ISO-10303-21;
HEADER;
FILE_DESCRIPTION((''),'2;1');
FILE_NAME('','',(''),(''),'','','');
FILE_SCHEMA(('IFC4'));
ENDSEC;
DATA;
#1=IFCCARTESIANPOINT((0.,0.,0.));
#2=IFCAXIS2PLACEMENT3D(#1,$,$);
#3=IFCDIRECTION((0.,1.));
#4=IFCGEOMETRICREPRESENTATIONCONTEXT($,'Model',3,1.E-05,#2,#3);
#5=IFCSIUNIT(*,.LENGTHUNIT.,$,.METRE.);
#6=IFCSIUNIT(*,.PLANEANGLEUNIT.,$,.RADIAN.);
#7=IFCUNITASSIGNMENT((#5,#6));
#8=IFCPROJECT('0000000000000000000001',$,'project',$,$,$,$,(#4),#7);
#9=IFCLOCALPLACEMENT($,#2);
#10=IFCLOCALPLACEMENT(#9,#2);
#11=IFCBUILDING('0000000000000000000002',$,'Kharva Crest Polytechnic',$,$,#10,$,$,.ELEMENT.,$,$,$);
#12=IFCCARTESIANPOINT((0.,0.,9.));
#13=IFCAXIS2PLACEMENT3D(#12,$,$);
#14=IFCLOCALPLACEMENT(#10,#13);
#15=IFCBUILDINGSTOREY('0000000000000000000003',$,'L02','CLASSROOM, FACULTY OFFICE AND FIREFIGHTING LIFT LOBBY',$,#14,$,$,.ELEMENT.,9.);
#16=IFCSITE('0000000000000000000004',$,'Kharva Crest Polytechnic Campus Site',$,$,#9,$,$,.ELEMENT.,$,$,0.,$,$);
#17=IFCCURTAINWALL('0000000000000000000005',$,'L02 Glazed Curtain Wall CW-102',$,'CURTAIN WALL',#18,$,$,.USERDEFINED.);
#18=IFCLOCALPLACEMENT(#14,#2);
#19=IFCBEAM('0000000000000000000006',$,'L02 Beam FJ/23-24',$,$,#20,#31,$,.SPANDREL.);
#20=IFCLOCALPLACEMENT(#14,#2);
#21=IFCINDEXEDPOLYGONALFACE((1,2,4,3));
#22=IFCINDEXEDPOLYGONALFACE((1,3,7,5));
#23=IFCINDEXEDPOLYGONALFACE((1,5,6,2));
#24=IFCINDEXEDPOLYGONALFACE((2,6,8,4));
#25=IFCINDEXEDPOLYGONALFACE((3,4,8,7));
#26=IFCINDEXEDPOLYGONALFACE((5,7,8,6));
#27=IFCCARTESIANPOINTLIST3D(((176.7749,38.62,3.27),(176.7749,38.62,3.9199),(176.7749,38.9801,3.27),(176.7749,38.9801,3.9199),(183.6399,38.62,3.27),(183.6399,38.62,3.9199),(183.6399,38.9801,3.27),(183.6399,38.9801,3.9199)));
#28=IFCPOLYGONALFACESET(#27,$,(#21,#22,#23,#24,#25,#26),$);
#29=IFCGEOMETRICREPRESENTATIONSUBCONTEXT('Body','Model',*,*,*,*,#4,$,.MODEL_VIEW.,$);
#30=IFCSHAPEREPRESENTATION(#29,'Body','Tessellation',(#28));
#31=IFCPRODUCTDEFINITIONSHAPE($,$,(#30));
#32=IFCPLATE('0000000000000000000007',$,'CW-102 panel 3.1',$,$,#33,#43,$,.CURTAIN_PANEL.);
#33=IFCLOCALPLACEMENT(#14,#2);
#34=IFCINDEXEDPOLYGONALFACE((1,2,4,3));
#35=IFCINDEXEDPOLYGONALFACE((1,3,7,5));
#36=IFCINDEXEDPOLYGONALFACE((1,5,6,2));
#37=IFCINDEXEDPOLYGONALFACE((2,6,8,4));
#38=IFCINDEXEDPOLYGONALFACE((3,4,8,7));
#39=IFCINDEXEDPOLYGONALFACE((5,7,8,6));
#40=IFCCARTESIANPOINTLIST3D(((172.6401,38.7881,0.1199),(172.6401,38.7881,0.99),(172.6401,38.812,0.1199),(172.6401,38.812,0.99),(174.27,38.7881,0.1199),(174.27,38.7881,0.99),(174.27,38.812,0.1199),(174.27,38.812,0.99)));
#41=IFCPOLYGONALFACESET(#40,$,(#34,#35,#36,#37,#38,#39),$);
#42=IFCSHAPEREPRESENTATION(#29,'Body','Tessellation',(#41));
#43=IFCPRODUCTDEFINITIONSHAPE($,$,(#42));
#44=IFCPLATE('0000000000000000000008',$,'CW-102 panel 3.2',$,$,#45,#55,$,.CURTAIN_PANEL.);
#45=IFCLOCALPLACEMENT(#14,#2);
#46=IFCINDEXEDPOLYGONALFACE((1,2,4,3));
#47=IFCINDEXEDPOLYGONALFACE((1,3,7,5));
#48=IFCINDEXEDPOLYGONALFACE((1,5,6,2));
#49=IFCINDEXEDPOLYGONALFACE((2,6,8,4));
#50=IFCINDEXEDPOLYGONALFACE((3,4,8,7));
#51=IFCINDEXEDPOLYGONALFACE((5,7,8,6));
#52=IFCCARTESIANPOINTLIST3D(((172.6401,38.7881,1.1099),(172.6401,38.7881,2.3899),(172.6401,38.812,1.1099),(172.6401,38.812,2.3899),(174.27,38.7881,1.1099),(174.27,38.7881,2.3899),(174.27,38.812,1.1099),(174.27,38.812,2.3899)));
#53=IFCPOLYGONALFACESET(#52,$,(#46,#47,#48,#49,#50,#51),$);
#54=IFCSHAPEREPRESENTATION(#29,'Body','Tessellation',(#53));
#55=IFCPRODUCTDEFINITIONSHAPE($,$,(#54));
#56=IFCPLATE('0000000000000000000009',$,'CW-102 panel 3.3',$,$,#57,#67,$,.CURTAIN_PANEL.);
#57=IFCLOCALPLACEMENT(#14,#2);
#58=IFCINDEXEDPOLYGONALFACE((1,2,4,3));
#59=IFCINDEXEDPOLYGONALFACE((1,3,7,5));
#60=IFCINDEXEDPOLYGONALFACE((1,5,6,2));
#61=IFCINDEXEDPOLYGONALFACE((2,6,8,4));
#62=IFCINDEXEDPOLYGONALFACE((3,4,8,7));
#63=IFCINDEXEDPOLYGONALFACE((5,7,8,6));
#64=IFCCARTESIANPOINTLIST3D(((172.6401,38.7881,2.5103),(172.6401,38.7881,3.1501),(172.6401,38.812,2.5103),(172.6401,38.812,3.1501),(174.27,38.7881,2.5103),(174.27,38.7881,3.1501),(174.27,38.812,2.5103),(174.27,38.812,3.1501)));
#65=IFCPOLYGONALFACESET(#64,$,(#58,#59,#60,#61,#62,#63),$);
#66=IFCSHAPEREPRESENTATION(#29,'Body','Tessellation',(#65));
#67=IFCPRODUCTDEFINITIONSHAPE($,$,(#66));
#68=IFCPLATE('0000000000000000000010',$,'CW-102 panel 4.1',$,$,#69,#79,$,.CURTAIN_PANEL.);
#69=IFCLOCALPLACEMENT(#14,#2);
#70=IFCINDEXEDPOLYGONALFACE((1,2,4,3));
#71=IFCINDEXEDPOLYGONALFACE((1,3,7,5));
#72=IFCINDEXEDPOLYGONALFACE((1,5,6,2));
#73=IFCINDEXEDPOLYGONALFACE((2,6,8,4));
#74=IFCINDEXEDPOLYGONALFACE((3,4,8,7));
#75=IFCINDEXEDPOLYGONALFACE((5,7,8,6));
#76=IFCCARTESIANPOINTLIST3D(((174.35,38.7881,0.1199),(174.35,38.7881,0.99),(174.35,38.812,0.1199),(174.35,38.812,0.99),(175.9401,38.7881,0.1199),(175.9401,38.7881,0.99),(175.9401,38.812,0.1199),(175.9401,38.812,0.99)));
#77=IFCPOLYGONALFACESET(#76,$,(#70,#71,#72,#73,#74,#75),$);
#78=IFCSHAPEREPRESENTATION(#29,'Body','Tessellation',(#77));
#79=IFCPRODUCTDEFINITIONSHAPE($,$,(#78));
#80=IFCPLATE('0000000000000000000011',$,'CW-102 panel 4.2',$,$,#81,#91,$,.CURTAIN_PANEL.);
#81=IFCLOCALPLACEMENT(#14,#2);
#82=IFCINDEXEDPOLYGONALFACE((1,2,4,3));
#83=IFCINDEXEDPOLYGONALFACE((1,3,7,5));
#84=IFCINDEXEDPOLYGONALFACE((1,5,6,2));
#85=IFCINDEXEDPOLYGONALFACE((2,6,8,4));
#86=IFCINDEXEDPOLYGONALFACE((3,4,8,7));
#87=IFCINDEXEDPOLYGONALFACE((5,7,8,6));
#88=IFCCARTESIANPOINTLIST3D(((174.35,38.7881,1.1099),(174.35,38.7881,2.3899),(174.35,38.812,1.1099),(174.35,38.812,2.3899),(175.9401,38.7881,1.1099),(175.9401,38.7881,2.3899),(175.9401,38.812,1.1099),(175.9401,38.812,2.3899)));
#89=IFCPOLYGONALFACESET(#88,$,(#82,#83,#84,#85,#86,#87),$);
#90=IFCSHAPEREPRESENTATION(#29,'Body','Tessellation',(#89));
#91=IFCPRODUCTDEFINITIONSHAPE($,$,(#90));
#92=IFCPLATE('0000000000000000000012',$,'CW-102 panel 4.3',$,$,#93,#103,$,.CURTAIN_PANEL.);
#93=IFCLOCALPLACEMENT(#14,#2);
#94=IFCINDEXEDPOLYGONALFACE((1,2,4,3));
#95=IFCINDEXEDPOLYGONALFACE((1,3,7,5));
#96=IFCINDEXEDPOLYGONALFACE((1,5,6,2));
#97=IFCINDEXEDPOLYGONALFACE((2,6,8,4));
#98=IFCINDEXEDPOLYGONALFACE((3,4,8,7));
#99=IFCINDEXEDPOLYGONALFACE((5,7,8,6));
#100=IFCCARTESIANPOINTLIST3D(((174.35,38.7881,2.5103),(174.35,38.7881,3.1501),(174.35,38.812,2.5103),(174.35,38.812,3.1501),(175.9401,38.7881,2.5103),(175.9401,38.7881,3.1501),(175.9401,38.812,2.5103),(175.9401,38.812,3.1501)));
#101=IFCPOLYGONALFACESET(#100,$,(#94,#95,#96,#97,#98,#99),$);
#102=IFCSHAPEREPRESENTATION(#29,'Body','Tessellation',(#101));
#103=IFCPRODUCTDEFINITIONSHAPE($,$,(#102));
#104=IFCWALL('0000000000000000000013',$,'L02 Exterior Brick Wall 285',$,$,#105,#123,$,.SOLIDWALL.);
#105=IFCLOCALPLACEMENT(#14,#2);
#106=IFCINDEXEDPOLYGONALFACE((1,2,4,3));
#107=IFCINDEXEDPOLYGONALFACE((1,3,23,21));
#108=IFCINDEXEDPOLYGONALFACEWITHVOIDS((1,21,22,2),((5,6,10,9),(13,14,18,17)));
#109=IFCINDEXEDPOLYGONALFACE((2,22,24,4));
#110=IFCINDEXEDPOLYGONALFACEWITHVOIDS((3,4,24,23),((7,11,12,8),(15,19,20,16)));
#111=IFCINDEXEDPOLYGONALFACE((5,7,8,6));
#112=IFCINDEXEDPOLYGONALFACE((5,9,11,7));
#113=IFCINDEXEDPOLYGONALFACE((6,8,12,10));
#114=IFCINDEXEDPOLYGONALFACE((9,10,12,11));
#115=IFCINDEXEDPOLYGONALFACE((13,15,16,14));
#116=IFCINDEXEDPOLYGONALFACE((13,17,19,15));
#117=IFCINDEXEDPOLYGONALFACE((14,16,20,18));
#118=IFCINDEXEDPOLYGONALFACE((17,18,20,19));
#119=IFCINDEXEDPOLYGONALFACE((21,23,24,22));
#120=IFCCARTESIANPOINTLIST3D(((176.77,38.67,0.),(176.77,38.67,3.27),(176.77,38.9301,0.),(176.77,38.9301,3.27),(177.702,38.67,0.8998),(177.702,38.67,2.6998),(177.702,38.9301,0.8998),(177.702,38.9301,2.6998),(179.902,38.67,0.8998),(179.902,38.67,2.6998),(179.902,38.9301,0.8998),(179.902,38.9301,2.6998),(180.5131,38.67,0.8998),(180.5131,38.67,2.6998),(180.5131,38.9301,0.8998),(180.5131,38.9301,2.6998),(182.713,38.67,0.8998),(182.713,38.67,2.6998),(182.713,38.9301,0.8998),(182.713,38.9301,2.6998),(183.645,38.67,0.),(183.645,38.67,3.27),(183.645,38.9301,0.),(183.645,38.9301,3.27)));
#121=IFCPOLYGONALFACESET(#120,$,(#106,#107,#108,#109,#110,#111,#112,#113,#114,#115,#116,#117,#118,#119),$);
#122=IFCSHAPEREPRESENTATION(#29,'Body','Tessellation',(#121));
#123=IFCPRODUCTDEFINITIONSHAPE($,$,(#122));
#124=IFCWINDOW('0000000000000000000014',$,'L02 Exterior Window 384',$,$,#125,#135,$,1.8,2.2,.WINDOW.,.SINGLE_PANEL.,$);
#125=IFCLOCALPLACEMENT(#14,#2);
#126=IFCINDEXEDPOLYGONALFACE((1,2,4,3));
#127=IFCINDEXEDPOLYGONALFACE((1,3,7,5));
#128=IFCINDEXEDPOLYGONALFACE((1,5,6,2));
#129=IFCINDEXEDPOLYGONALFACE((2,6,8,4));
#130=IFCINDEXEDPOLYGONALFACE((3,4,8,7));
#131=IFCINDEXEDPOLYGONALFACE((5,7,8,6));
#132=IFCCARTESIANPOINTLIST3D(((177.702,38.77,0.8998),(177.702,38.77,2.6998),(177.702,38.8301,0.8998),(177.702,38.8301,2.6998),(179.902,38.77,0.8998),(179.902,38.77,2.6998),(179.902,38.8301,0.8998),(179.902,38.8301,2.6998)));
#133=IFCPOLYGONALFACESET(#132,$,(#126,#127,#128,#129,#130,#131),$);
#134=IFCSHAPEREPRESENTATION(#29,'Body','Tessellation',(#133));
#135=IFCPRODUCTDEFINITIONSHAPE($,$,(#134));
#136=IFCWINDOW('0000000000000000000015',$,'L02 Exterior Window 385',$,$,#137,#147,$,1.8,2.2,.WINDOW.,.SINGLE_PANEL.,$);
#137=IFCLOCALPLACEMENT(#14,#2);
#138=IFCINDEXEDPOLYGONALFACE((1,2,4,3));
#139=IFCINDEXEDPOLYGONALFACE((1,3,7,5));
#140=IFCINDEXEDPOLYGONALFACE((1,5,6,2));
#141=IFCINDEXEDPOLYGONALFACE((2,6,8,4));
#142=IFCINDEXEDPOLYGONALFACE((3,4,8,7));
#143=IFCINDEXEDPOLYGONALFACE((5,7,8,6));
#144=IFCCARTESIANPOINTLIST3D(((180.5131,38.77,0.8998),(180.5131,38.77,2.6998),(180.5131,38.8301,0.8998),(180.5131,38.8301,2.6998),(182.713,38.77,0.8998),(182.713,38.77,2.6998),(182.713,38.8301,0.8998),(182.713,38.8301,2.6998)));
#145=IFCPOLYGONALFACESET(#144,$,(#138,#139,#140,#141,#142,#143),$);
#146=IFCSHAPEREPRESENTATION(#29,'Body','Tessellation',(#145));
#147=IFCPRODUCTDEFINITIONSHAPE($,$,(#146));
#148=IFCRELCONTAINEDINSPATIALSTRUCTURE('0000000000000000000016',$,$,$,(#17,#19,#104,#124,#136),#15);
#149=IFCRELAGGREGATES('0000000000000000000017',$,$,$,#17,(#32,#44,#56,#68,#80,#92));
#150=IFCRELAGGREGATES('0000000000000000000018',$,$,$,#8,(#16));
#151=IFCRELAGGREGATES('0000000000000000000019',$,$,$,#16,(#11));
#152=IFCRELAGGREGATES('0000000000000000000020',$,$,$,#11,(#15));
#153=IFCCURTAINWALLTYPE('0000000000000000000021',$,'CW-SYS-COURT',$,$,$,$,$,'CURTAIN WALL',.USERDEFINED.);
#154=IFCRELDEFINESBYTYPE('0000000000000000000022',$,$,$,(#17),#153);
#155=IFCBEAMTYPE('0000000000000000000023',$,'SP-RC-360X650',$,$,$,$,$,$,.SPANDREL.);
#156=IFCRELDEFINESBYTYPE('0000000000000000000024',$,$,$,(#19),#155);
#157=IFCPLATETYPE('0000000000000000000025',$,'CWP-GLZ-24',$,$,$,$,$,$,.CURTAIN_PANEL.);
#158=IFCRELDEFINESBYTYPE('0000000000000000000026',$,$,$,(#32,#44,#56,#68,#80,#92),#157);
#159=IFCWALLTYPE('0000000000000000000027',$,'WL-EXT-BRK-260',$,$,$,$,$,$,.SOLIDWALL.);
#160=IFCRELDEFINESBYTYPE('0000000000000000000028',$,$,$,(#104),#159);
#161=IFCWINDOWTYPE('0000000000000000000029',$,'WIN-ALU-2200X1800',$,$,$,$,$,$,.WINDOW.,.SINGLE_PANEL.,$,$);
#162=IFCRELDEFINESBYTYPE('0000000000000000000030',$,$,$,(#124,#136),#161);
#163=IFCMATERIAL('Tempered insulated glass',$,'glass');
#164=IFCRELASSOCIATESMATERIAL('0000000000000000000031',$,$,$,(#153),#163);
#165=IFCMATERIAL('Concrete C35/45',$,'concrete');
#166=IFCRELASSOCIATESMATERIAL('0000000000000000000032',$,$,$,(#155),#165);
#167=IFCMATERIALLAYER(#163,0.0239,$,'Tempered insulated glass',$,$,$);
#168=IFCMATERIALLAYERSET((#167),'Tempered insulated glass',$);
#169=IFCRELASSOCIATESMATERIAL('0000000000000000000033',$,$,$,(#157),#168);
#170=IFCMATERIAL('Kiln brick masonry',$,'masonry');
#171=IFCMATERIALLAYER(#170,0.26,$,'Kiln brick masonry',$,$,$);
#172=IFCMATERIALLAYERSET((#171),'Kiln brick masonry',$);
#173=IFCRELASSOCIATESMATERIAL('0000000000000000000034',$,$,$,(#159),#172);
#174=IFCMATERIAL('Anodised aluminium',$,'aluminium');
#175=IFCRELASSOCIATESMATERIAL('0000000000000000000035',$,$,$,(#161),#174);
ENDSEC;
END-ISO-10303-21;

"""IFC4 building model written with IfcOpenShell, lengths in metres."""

from ifc_helpers import new_model, si_unit, direction, frame, frame_2d, origin, origin_2d, place, context, subcontext, project, spatial, rectangle, extrude, material, layer, layer_set, material_profile, profile_set, type_object, element, fill, aggregate, save


model = new_model("IFC4")

# Units and contexts
model_context = context("Model", 3, precision=1e-05, world=origin(), true_north=direction((0.0, 1.0)))
body_context = subcontext(model_context, "Body", "Model", "MODEL_VIEW")
ifc_project = project(units=[si_unit("LENGTHUNIT", "METRE"), si_unit("PLANEANGLEUNIT", "RADIAN")], contexts=[model_context])

# Site, building, storey
site_placement = place(None, origin())
site = spatial("IfcSite", under=ifc_project, at=site_placement, Name="Kharva Crest Polytechnic Campus Site", CompositionType="ELEMENT", RefElevation=0.0)
building_placement = place(site_placement, origin())
building = spatial("IfcBuilding", under=site, at=building_placement, Name="Kharva Crest Polytechnic", CompositionType="ELEMENT")
storey_placement = place(building_placement, frame((0.0, 0.0, 9.0)))
storey = spatial("IfcBuildingStorey", under=building, at=storey_placement, Name="L02", Description="CLASSROOM, FACULTY OFFICE AND FIREFIGHTING LIFT LOBBY", CompositionType="ELEMENT", Elevation=9.0)

# Shared definitions
ifc_material_1 = material(Name="Concrete C35/45", Category="concrete")

# Curtain wall
ifc_material_2 = material(Name="Tempered insulated glass", Category="glass")
curtain_wall_type = type_object("IfcCurtainWallType", Name="CW-SYS-COURT", ElementType="CURTAIN WALL", PredefinedType="USERDEFINED", material=ifc_material_2)
curtain_wall_placement = place(storey_placement, origin())
curtain_wall = element("IfcCurtainWall", 1, at=curtain_wall_placement, inside=storey, type_object=curtain_wall_type, Name="L02 Glazed Curtain Wall CW-102", ObjectType="CURTAIN WALL", PredefinedType="USERDEFINED")

# Beam
ifc_material_profile_1 = material_profile(ifc_material_1, rectangle(XDim=0.3601, YDim=0.6499, at=origin_2d()), Name="RECT 360 X 650")
ifc_profile_set_1 = profile_set([ifc_material_profile_1], Name="Concrete C35/45")
beam_type_1 = type_object("IfcBeamType", Name="SP-RC-360X650", PredefinedType="SPANDREL", material=ifc_profile_set_1)
beam_1_placement = place(storey_placement, frame((176.7749, 38.8, 3.595), z_axis=(1.0, 0.0, 0.0), x_axis=(0.0, 1.0, 0.0)))
element("IfcBeam", 2, at=beam_1_placement, inside=storey, type_object=beam_type_1, Name="L02 Beam FJ/23-24", PredefinedType="SPANDREL", context=body_context, shape_type="SweptSolid", body=[
    extrude(rectangle(XDim=0.3601, YDim=0.6499, at=origin_2d()), origin(), (0.0, 0.0, 1.0), 6.865),
])

# Plates
ifc_layer_1 = layer(ifc_material_2, 0.0239, Name="Tempered insulated glass")
ifc_layer_set_1 = layer_set([ifc_layer_1], Name="Tempered insulated glass")
plate_type = type_object("IfcPlateType", Name="CWP-GLZ-24", PredefinedType="CURTAIN_PANEL", material=ifc_layer_set_1)
plate_1_placement = place(storey_placement, frame((173.4551, 38.8, 0.1199), z_axis=(0.0, 0.0, 1.0), x_axis=(1.0, 0.0, 0.0)))
plate_1 = element("IfcPlate", 3, at=plate_1_placement, type_object=plate_type, Name="CW-102 panel 3.1", PredefinedType="CURTAIN_PANEL", context=body_context, shape_type="SweptSolid", body=[
    extrude(rectangle(XDim=1.6299, YDim=0.0239, at=origin_2d()), origin(), (0.0, 0.0, 1.0), 0.8701),
])
plate_2_placement = place(storey_placement, frame((173.4551, 38.8, 1.1099), z_axis=(0.0, 0.0, 1.0), x_axis=(1.0, 0.0, 0.0)))
plate_2 = element("IfcPlate", 4, at=plate_2_placement, type_object=plate_type, Name="CW-102 panel 3.2", PredefinedType="CURTAIN_PANEL", context=body_context, shape_type="SweptSolid", body=[
    extrude(rectangle(XDim=1.6299, YDim=0.0239, at=origin_2d()), origin(), (0.0, 0.0, 1.0), 1.28),
])
plate_3_placement = place(storey_placement, frame((173.4551, 38.8, 2.5103), z_axis=(0.0, 0.0, 1.0), x_axis=(1.0, 0.0, 0.0)))
plate_3 = element("IfcPlate", 5, at=plate_3_placement, type_object=plate_type, Name="CW-102 panel 3.3", PredefinedType="CURTAIN_PANEL", context=body_context, shape_type="SweptSolid", body=[
    extrude(rectangle(XDim=1.6299, YDim=0.0239, at=origin_2d()), origin(), (0.0, 0.0, 1.0), 0.6399),
])
plate_4_placement = place(storey_placement, frame((175.145, 38.8, 0.1199), z_axis=(0.0, 0.0, 1.0), x_axis=(1.0, 0.0, 0.0)))
plate_4 = element("IfcPlate", 6, at=plate_4_placement, type_object=plate_type, Name="CW-102 panel 4.1", PredefinedType="CURTAIN_PANEL", context=body_context, shape_type="SweptSolid", body=[
    extrude(rectangle(XDim=1.5901, YDim=0.0239, at=origin_2d()), origin(), (0.0, 0.0, 1.0), 0.8701),
])
plate_5_placement = place(storey_placement, frame((175.145, 38.8, 1.1099), z_axis=(0.0, 0.0, 1.0), x_axis=(1.0, 0.0, 0.0)))
plate_5 = element("IfcPlate", 7, at=plate_5_placement, type_object=plate_type, Name="CW-102 panel 4.2", PredefinedType="CURTAIN_PANEL", context=body_context, shape_type="SweptSolid", body=[
    extrude(rectangle(XDim=1.5901, YDim=0.0239, at=origin_2d()), origin(), (0.0, 0.0, 1.0), 1.28),
])
plate_6_placement = place(storey_placement, frame((175.145, 38.8, 2.5103), z_axis=(0.0, 0.0, 1.0), x_axis=(1.0, 0.0, 0.0)))
plate_6 = element("IfcPlate", 8, at=plate_6_placement, type_object=plate_type, Name="CW-102 panel 4.3", PredefinedType="CURTAIN_PANEL", context=body_context, shape_type="SweptSolid", body=[
    extrude(rectangle(XDim=1.5901, YDim=0.0239, at=origin_2d()), origin(), (0.0, 0.0, 1.0), 0.6399),
])
aggregate(curtain_wall, [plate_1, plate_2, plate_3, plate_4, plate_5, plate_6])

# Wall, openings, windows
ifc_material_3 = material(Name="Kiln brick masonry", Category="masonry")
ifc_layer_2 = layer(ifc_material_3, 0.26, Name="Kiln brick masonry")
ifc_layer_set_2 = layer_set([ifc_layer_2], Name="Kiln brick masonry")
wall_type = type_object("IfcWallType", Name="WL-EXT-BRK-260", PredefinedType="SOLIDWALL", material=ifc_layer_set_2)
wall_placement = place(storey_placement, frame((176.77, 38.8, 0.0), z_axis=(0.0, 0.0, 1.0), x_axis=(1.0, 0.0, 0.0)))
wall = element("IfcWall", 9, at=wall_placement, inside=storey, type_object=wall_type, Name="L02 Exterior Brick Wall 285", PredefinedType="SOLIDWALL", context=body_context, shape_type="SweptSolid", body=[
    extrude(rectangle(XDim=6.875, YDim=0.26, at=frame_2d((3.4375, 0.0))), origin(), (0.0, 0.0, 1.0), 3.27),
])
opening_1_placement = place(wall_placement, frame((0.9319, 0.0, 0.8999)))
opening_1 = element("IfcOpeningElement", 10, at=opening_1_placement, cuts=wall, PredefinedType="OPENING", context=body_context, shape_type="SweptSolid", body=[
    extrude(rectangle(XDim=2.2, YDim=1.8, at=frame_2d((1.1001, 0.8999))), frame((0.0, 0.1399, 0.0), z_axis=(0.0, -1.0, 0.0), x_axis=(1.0, 0.0, 0.0)), (0.0, 0.0, 1.0), 0.28),
])
opening_2_placement = place(wall_placement, frame((3.7429, 0.0, 0.8999)))
opening_2 = element("IfcOpeningElement", 11, at=opening_2_placement, cuts=wall, PredefinedType="OPENING", context=body_context, shape_type="SweptSolid", body=[
    extrude(rectangle(XDim=2.2, YDim=1.8, at=frame_2d((1.1001, 0.8999))), frame((0.0, 0.1399, 0.0), z_axis=(0.0, -1.0, 0.0), x_axis=(1.0, 0.0, 0.0)), (0.0, 0.0, 1.0), 0.28),
])
ifc_material_4 = material(Name="Anodised aluminium", Category="aluminium")
window_type = type_object("IfcWindowType", Name="WIN-ALU-2200X1800", PartitioningType="SINGLE_PANEL", PredefinedType="WINDOW", material=ifc_material_4)
window_1_placement = place(opening_1_placement, origin())
window_1 = element("IfcWindow", 12, at=window_1_placement, inside=storey, type_object=window_type, Name="L02 Exterior Window 384", OverallHeight=1.8, OverallWidth=2.2, PartitioningType="SINGLE_PANEL", PredefinedType="WINDOW", context=body_context, shape_type="SweptSolid", body=[
    extrude(rectangle(XDim=2.2, YDim=1.8, at=frame_2d((1.1001, 0.8999))), frame((0.0, 0.03, 0.0), z_axis=(0.0, -1.0, 0.0), x_axis=(1.0, 0.0, 0.0)), (0.0, 0.0, 1.0), 0.0601),
])
fill(opening_1, window_1)
window_2_placement = place(opening_2_placement, origin())
window_2 = element("IfcWindow", 13, at=window_2_placement, inside=storey, type_object=window_type, Name="L02 Exterior Window 385", OverallHeight=1.8, OverallWidth=2.2, PartitioningType="SINGLE_PANEL", PredefinedType="WINDOW", context=body_context, shape_type="SweptSolid", body=[
    extrude(rectangle(XDim=2.2, YDim=1.8, at=frame_2d((1.1001, 0.8999))), frame((0.0, 0.03, 0.0), z_axis=(0.0, -1.0, 0.0), x_axis=(1.0, 0.0, 0.0)), (0.0, 0.0, 1.0), 0.0601),
])
fill(opening_2, window_2)

save(model, "model.ifc")
